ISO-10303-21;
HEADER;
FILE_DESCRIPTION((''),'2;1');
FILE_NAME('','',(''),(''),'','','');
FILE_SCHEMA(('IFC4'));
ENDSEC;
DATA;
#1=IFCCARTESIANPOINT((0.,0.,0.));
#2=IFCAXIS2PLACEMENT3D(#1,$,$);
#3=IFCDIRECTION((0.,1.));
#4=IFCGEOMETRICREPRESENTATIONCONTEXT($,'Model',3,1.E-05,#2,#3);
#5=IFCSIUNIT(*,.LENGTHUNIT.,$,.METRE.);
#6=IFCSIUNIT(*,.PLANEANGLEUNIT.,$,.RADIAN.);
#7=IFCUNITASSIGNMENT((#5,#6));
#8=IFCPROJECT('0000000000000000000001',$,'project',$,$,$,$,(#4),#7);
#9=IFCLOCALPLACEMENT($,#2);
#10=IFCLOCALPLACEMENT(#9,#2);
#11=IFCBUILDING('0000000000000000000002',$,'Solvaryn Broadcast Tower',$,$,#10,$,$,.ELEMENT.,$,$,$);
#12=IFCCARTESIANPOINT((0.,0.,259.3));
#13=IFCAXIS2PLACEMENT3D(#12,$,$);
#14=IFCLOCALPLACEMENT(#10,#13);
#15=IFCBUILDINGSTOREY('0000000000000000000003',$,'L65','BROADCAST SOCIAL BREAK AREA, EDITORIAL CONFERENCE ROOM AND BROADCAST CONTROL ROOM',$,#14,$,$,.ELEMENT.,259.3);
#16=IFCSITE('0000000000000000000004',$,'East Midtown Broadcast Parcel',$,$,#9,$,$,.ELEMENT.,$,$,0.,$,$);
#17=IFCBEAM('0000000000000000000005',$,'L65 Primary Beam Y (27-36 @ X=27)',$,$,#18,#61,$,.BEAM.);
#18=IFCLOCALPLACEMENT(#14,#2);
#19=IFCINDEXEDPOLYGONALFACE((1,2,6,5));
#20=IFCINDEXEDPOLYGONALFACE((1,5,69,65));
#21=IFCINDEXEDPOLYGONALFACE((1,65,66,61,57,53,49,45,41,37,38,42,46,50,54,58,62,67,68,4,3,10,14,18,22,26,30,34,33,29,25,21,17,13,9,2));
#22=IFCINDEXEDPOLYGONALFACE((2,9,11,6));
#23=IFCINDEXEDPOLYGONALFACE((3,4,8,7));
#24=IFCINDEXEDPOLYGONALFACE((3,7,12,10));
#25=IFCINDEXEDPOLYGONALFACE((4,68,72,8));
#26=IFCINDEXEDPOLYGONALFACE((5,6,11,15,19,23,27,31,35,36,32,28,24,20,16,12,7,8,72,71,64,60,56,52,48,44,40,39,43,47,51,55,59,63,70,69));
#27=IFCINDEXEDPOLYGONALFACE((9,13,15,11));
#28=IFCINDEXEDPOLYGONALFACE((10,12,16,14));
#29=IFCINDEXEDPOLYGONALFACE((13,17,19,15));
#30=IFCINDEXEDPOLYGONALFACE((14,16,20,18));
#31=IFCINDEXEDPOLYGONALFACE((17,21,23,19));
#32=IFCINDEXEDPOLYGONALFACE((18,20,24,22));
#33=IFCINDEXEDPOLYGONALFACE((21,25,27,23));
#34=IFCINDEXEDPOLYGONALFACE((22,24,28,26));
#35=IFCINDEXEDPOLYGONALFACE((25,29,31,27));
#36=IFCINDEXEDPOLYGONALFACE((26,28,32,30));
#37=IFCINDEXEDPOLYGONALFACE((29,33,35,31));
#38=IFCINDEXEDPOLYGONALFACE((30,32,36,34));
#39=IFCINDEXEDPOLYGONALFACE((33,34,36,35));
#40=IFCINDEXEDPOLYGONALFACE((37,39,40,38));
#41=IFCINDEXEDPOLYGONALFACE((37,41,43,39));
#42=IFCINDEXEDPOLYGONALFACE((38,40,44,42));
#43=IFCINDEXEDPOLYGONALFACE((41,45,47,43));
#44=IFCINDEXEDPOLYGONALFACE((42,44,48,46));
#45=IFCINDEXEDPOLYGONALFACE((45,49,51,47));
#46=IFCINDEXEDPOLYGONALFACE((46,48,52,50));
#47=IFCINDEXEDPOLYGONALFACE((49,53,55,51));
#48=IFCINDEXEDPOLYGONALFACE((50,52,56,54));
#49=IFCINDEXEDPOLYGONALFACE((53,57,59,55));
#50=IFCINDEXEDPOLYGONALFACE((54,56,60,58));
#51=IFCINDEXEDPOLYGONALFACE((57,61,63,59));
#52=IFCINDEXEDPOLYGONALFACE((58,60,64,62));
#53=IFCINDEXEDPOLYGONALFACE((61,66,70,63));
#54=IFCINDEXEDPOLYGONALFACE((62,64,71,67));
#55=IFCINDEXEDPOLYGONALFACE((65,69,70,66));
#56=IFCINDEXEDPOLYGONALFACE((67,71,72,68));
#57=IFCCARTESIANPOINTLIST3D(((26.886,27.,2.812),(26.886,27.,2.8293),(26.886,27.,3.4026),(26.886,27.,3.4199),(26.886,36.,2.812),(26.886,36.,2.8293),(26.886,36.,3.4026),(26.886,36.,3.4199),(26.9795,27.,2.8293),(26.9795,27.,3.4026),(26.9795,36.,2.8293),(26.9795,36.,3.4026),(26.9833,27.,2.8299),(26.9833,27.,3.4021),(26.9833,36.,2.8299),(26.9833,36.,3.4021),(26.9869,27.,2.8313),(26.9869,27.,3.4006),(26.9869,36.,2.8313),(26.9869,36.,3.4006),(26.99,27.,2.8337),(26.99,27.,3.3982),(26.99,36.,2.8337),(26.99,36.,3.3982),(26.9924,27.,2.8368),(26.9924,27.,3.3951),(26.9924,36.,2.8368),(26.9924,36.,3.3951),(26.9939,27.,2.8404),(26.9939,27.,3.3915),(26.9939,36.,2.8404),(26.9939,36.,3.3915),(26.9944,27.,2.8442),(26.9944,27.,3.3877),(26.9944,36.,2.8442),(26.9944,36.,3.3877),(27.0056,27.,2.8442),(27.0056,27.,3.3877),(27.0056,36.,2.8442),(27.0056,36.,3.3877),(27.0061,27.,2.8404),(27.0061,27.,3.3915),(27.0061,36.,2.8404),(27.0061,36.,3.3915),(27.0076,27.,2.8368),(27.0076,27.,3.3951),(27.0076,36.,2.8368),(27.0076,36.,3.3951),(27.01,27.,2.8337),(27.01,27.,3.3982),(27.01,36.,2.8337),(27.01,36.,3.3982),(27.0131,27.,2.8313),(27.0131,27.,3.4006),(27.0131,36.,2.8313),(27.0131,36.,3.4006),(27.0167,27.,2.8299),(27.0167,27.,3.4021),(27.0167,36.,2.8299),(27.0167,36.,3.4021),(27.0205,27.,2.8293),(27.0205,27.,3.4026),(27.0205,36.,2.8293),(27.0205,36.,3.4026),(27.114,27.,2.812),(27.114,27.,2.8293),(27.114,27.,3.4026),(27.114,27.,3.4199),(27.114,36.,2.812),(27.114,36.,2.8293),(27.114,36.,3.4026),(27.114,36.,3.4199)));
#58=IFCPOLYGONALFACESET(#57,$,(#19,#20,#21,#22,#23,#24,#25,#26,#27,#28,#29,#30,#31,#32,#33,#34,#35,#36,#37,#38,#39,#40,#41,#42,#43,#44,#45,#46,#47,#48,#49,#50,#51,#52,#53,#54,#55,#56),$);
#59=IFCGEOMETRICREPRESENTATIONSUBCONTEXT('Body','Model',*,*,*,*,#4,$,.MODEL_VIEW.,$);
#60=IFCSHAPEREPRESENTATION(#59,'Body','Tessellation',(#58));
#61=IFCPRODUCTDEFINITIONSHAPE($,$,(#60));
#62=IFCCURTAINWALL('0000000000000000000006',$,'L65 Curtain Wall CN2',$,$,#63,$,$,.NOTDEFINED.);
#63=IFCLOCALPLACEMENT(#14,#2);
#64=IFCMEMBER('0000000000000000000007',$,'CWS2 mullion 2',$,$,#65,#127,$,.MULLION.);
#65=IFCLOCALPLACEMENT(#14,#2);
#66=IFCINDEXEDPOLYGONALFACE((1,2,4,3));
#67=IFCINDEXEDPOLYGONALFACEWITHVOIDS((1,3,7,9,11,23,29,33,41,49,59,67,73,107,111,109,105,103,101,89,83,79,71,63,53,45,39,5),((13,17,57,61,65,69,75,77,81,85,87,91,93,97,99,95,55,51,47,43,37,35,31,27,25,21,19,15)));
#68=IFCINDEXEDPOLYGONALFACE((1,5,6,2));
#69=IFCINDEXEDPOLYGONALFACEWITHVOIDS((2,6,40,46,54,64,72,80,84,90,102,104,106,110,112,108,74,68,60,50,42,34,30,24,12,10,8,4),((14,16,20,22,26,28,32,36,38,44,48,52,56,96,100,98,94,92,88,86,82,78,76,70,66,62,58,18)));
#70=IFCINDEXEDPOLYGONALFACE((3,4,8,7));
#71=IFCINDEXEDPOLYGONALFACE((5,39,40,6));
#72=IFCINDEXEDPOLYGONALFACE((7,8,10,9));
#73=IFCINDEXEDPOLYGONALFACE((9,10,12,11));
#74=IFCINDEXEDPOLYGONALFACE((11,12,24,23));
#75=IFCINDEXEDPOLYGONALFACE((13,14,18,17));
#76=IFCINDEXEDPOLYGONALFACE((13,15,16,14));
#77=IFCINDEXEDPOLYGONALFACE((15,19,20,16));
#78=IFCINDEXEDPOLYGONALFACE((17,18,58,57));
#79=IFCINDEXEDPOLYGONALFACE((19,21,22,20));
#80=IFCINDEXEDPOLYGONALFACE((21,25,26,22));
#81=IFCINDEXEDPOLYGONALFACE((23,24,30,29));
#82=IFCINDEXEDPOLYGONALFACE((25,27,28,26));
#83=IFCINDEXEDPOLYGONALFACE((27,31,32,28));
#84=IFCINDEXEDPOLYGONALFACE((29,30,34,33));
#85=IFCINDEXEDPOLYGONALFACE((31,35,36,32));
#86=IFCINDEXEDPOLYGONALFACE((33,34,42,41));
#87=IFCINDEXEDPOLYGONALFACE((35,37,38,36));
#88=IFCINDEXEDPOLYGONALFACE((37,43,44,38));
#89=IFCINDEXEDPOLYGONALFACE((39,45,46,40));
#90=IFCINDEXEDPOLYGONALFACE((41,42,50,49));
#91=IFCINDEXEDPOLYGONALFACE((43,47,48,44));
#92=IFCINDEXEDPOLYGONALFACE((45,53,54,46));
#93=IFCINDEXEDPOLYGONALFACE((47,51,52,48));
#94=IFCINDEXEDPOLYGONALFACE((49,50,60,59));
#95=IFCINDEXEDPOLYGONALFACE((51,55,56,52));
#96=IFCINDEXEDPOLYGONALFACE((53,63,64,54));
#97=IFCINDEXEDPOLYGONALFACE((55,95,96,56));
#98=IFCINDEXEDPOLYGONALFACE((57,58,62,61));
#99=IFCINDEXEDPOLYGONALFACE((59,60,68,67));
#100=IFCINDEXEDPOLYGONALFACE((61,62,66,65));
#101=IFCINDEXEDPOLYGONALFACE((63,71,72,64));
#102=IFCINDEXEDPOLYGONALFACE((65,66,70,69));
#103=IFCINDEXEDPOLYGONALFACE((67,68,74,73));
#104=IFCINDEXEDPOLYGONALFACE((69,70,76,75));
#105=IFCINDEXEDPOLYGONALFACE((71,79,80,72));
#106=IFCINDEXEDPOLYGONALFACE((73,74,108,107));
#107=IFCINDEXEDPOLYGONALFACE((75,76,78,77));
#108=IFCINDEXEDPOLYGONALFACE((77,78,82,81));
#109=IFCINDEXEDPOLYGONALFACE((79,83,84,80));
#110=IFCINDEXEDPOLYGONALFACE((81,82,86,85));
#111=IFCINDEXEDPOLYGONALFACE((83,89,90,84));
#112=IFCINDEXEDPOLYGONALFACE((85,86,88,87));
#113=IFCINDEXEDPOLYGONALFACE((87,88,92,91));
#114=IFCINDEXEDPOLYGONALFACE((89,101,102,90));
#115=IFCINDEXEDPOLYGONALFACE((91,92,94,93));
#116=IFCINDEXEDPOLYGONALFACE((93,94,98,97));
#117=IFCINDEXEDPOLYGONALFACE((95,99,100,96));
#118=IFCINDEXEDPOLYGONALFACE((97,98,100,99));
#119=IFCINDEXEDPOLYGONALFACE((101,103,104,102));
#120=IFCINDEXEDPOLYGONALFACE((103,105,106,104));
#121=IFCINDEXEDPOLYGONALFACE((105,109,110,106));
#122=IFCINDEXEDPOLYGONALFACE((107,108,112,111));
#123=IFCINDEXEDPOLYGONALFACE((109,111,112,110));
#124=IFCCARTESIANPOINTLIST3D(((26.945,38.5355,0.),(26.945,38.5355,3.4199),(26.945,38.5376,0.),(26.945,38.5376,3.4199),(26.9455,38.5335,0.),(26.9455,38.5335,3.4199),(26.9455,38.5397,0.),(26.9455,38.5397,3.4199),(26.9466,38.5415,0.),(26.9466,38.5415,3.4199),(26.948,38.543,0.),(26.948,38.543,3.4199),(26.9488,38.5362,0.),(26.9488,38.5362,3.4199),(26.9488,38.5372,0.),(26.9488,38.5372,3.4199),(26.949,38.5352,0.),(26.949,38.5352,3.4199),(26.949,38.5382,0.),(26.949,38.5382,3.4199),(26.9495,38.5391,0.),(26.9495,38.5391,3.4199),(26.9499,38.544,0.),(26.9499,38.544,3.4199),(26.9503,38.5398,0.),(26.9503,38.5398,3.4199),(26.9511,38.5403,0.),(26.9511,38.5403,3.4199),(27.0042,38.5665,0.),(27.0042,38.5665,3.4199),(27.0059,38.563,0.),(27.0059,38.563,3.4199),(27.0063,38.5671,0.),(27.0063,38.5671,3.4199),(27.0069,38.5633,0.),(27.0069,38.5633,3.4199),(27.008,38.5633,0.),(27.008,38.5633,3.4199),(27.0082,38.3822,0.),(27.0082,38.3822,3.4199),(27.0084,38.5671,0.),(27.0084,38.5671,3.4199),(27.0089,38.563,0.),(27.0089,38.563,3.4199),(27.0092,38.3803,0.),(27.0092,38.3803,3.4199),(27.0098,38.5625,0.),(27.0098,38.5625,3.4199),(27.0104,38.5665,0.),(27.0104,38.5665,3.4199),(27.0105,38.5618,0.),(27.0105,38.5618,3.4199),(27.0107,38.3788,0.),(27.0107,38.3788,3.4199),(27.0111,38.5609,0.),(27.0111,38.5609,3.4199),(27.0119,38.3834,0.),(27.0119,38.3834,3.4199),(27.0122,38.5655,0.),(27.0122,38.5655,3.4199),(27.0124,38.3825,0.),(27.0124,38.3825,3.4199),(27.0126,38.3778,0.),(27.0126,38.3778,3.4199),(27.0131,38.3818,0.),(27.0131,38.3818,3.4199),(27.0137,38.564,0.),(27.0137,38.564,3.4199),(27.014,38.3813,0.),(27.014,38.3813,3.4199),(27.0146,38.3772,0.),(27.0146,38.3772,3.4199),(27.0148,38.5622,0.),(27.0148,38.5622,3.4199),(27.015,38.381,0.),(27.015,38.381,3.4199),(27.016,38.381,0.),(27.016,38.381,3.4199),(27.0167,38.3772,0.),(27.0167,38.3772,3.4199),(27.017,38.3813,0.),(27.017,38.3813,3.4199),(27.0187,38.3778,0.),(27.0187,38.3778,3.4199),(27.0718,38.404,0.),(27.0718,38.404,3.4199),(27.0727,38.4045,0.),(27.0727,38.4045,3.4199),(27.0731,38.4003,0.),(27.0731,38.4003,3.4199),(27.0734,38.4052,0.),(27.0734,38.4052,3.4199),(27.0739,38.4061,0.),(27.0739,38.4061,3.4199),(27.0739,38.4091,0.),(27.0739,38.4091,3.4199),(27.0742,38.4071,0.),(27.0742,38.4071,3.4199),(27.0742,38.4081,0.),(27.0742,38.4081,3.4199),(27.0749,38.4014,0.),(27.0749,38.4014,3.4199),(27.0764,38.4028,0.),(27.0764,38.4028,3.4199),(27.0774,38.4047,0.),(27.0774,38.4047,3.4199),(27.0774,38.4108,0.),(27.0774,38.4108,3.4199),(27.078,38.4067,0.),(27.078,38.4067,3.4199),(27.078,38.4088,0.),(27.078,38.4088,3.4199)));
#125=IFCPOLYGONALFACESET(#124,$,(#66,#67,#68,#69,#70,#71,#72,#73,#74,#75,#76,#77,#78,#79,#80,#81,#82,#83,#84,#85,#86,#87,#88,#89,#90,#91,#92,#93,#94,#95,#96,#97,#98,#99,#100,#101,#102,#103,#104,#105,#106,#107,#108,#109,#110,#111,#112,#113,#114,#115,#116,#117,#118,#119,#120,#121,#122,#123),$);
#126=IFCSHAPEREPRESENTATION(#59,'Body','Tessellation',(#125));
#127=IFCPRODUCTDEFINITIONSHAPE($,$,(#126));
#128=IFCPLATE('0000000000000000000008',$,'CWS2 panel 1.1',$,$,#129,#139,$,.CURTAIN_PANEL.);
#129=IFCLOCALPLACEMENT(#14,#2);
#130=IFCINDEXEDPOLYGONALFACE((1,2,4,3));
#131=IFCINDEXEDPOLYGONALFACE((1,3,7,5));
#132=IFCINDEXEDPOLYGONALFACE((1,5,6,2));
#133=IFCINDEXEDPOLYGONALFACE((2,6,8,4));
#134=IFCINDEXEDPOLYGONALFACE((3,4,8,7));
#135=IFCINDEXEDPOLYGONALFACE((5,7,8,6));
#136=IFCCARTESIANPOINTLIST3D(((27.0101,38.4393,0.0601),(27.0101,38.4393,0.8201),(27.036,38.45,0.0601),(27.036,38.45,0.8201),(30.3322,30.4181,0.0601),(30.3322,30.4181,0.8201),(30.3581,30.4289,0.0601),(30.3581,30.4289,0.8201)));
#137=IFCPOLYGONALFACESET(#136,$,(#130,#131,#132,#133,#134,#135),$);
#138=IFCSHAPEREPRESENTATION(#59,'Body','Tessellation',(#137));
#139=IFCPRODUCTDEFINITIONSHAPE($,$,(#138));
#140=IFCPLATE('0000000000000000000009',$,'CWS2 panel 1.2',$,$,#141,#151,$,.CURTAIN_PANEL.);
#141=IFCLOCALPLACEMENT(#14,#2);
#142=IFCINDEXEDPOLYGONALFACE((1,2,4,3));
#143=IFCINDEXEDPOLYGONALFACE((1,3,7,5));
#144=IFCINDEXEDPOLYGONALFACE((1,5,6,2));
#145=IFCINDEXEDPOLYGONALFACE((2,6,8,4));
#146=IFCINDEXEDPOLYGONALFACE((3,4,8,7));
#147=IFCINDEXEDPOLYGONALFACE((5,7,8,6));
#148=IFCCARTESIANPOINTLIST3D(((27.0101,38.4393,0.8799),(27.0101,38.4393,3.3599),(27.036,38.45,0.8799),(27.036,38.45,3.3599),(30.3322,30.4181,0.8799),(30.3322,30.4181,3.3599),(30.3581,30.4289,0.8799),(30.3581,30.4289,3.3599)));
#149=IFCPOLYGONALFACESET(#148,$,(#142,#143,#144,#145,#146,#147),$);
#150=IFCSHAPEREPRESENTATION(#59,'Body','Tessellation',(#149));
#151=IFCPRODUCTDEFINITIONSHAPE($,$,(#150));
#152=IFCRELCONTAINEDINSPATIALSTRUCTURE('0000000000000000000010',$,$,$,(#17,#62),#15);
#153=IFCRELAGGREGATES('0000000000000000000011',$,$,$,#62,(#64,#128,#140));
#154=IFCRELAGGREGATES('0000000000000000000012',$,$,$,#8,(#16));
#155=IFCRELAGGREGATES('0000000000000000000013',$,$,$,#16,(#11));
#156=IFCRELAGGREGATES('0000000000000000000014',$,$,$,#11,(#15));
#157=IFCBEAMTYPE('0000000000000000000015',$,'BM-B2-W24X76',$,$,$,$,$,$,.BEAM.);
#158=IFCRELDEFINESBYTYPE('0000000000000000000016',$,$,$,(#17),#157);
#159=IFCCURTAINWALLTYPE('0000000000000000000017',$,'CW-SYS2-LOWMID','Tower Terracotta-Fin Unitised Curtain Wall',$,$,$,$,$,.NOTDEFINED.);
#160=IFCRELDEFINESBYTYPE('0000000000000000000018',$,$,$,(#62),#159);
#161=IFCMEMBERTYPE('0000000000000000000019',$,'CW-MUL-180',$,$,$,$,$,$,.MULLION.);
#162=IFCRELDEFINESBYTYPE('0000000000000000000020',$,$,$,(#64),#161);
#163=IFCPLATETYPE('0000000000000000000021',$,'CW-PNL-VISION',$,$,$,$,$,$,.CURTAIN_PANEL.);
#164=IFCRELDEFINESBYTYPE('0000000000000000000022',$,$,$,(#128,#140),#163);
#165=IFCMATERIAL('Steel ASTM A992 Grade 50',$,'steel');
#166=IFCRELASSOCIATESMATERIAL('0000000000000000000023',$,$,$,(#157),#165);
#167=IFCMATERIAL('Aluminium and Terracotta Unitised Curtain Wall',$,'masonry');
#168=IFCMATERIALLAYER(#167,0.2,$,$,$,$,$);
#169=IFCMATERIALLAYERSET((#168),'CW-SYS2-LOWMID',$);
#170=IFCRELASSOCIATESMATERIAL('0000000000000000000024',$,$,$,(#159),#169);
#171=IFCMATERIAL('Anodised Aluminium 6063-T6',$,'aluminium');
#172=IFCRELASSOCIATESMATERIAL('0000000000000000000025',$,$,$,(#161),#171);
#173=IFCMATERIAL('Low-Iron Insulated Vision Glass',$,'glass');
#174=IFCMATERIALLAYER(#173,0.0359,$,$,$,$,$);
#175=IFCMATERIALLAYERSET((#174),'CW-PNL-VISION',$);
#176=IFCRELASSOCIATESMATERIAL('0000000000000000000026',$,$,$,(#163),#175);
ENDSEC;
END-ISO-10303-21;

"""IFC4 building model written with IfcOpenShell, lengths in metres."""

from ifc_helpers import new_model, si_unit, direction, frame, origin, origin_2d, place, context, subcontext, project, spatial, rectangle, hollow_rectangle, i_section, extrude, material, layer, layer_set, material_profile, profile_set, type_object, element, aggregate, save


model = new_model("IFC4")

# Units and contexts
model_context = context("Model", 3, precision=1e-05, world=origin(), true_north=direction((0.0, 1.0)))
body_context = subcontext(model_context, "Body", "Model", "MODEL_VIEW")
ifc_project = project(units=[si_unit("LENGTHUNIT", "METRE"), si_unit("PLANEANGLEUNIT", "RADIAN")], contexts=[model_context])

# Site, building, storey
site_placement = place(None, origin())
site = spatial("IfcSite", under=ifc_project, at=site_placement, Name="East Midtown Broadcast Parcel", CompositionType="ELEMENT", RefElevation=0.0)
building_placement = place(site_placement, origin())
building = spatial("IfcBuilding", under=site, at=building_placement, Name="Solvaryn Broadcast Tower", CompositionType="ELEMENT")
storey_placement = place(building_placement, frame((0.0, 0.0, 259.3)))
storey = spatial("IfcBuildingStorey", under=building, at=storey_placement, Name="L65", Description="BROADCAST SOCIAL BREAK AREA, EDITORIAL CONFERENCE ROOM AND BROADCAST CONTROL ROOM", CompositionType="ELEMENT", Elevation=259.3)

# Beam
ifc_material_1 = material(Name="Steel ASTM A992 Grade 50", Category="steel")
ifc_material_profile_1 = material_profile(ifc_material_1, i_section(OverallWidth=0.228, OverallDepth=0.6079, WebThickness=0.0112, FlangeThickness=0.0173, FilletRadius=0.0149, at=origin_2d()))
ifc_profile_set_1 = profile_set([ifc_material_profile_1], Name="Steel ASTM A992 Grade 50")
beam_type_1 = type_object("IfcBeamType", Name="BM-B2-W24X76", PredefinedType="BEAM", material=ifc_profile_set_1)
beam_1_placement = place(storey_placement, frame((27.0, 27.0, 3.116), z_axis=(0.0, 1.0, 0.0), x_axis=(-1.0, 0.0, 0.0)))
element("IfcBeam", 1, at=beam_1_placement, inside=storey, type_object=beam_type_1, Name="L65 Primary Beam Y (27-36 @ X=27)", PredefinedType="BEAM", context=body_context, shape_type="SweptSolid", body=[
    extrude(i_section(OverallWidth=0.228, OverallDepth=0.6079, WebThickness=0.0112, FlangeThickness=0.0173, FilletRadius=0.0149, at=origin_2d()), origin(), (0.0, 0.0, 1.0), 9.0),
])

# Curtain wall, member, plates
ifc_material_2 = material(Name="Aluminium and Terracotta Unitised Curtain Wall", Category="masonry")
ifc_layer_1 = layer(ifc_material_2, 0.2)
ifc_layer_set_1 = layer_set([ifc_layer_1], Name="CW-SYS2-LOWMID")
curtain_wall_type = type_object("IfcCurtainWallType", Name="CW-SYS2-LOWMID", Description="Tower Terracotta-Fin Unitised Curtain Wall", PredefinedType="NOTDEFINED", material=ifc_layer_set_1)
curtain_wall_placement = place(storey_placement, origin())
curtain_wall = element("IfcCurtainWall", 2, at=curtain_wall_placement, inside=storey, type_object=curtain_wall_type, Name="L65 Curtain Wall CN2", PredefinedType="NOTDEFINED")
ifc_material_3 = material(Name="Anodised Aluminium 6063-T6", Category="aluminium")
ifc_material_profile_2 = material_profile(ifc_material_3, hollow_rectangle(XDim=0.075, YDim=0.1799, WallThickness=0.0039, InnerFilletRadius=0.0039, OuterFilletRadius=0.0081, at=origin_2d()))
ifc_profile_set_2 = profile_set([ifc_material_profile_2], Name="Anodised Aluminium 6063-T6")
member_type = type_object("IfcMemberType", Name="CW-MUL-180", PredefinedType="MULLION", material=ifc_profile_set_2)
member_placement = place(storey_placement, frame((27.0115, 38.4722, 0.0), z_axis=(0.0, 0.0, 1.0), x_axis=(-0.923895, -0.382646, 0.0)))
member = element("IfcMember", 3, at=member_placement, type_object=member_type, Name="CWS2 mullion 2", PredefinedType="MULLION", context=body_context, shape_type="SweptSolid", body=[
    extrude(hollow_rectangle(XDim=0.075, YDim=0.1799, WallThickness=0.0039, InnerFilletRadius=0.0039, OuterFilletRadius=0.0081, at=origin_2d()), origin(), (0.0, 0.0, 1.0), 3.4199),
])
ifc_material_4 = material(Name="Low-Iron Insulated Vision Glass", Category="glass")
ifc_layer_2 = layer(ifc_material_4, 0.0359)
ifc_layer_set_2 = layer_set([ifc_layer_2], Name="CW-PNL-VISION")
plate_type = type_object("IfcPlateType", Name="CW-PNL-VISION", PredefinedType="CURTAIN_PANEL", material=ifc_layer_set_2)
plate_1_placement = place(storey_placement, frame((28.6841, 34.4341, 0.0601), z_axis=(0.0, 0.0, 1.0), x_axis=(-0.382646, 0.923895, 0.0)))
plate_1 = element("IfcPlate", 4, at=plate_1_placement, type_object=plate_type, Name="CWS2 panel 1.1", PredefinedType="CURTAIN_PANEL", context=body_context, shape_type="SweptSolid", body=[
    extrude(rectangle(XDim=8.6819, YDim=0.0281, at=origin_2d()), origin(), (0.0, 0.0, 1.0), 0.76),
])
plate_2_placement = place(storey_placement, frame((28.6841, 34.4341, 0.8799), z_axis=(0.0, 0.0, 1.0), x_axis=(-0.382646, 0.923895, 0.0)))
plate_2 = element("IfcPlate", 5, at=plate_2_placement, type_object=plate_type, Name="CWS2 panel 1.2", PredefinedType="CURTAIN_PANEL", context=body_context, shape_type="SweptSolid", body=[
    extrude(rectangle(XDim=8.6819, YDim=0.0281, at=origin_2d()), origin(), (0.0, 0.0, 1.0), 2.48),
])
aggregate(curtain_wall, [member, plate_1, plate_2])

save(model, "model.ifc")
